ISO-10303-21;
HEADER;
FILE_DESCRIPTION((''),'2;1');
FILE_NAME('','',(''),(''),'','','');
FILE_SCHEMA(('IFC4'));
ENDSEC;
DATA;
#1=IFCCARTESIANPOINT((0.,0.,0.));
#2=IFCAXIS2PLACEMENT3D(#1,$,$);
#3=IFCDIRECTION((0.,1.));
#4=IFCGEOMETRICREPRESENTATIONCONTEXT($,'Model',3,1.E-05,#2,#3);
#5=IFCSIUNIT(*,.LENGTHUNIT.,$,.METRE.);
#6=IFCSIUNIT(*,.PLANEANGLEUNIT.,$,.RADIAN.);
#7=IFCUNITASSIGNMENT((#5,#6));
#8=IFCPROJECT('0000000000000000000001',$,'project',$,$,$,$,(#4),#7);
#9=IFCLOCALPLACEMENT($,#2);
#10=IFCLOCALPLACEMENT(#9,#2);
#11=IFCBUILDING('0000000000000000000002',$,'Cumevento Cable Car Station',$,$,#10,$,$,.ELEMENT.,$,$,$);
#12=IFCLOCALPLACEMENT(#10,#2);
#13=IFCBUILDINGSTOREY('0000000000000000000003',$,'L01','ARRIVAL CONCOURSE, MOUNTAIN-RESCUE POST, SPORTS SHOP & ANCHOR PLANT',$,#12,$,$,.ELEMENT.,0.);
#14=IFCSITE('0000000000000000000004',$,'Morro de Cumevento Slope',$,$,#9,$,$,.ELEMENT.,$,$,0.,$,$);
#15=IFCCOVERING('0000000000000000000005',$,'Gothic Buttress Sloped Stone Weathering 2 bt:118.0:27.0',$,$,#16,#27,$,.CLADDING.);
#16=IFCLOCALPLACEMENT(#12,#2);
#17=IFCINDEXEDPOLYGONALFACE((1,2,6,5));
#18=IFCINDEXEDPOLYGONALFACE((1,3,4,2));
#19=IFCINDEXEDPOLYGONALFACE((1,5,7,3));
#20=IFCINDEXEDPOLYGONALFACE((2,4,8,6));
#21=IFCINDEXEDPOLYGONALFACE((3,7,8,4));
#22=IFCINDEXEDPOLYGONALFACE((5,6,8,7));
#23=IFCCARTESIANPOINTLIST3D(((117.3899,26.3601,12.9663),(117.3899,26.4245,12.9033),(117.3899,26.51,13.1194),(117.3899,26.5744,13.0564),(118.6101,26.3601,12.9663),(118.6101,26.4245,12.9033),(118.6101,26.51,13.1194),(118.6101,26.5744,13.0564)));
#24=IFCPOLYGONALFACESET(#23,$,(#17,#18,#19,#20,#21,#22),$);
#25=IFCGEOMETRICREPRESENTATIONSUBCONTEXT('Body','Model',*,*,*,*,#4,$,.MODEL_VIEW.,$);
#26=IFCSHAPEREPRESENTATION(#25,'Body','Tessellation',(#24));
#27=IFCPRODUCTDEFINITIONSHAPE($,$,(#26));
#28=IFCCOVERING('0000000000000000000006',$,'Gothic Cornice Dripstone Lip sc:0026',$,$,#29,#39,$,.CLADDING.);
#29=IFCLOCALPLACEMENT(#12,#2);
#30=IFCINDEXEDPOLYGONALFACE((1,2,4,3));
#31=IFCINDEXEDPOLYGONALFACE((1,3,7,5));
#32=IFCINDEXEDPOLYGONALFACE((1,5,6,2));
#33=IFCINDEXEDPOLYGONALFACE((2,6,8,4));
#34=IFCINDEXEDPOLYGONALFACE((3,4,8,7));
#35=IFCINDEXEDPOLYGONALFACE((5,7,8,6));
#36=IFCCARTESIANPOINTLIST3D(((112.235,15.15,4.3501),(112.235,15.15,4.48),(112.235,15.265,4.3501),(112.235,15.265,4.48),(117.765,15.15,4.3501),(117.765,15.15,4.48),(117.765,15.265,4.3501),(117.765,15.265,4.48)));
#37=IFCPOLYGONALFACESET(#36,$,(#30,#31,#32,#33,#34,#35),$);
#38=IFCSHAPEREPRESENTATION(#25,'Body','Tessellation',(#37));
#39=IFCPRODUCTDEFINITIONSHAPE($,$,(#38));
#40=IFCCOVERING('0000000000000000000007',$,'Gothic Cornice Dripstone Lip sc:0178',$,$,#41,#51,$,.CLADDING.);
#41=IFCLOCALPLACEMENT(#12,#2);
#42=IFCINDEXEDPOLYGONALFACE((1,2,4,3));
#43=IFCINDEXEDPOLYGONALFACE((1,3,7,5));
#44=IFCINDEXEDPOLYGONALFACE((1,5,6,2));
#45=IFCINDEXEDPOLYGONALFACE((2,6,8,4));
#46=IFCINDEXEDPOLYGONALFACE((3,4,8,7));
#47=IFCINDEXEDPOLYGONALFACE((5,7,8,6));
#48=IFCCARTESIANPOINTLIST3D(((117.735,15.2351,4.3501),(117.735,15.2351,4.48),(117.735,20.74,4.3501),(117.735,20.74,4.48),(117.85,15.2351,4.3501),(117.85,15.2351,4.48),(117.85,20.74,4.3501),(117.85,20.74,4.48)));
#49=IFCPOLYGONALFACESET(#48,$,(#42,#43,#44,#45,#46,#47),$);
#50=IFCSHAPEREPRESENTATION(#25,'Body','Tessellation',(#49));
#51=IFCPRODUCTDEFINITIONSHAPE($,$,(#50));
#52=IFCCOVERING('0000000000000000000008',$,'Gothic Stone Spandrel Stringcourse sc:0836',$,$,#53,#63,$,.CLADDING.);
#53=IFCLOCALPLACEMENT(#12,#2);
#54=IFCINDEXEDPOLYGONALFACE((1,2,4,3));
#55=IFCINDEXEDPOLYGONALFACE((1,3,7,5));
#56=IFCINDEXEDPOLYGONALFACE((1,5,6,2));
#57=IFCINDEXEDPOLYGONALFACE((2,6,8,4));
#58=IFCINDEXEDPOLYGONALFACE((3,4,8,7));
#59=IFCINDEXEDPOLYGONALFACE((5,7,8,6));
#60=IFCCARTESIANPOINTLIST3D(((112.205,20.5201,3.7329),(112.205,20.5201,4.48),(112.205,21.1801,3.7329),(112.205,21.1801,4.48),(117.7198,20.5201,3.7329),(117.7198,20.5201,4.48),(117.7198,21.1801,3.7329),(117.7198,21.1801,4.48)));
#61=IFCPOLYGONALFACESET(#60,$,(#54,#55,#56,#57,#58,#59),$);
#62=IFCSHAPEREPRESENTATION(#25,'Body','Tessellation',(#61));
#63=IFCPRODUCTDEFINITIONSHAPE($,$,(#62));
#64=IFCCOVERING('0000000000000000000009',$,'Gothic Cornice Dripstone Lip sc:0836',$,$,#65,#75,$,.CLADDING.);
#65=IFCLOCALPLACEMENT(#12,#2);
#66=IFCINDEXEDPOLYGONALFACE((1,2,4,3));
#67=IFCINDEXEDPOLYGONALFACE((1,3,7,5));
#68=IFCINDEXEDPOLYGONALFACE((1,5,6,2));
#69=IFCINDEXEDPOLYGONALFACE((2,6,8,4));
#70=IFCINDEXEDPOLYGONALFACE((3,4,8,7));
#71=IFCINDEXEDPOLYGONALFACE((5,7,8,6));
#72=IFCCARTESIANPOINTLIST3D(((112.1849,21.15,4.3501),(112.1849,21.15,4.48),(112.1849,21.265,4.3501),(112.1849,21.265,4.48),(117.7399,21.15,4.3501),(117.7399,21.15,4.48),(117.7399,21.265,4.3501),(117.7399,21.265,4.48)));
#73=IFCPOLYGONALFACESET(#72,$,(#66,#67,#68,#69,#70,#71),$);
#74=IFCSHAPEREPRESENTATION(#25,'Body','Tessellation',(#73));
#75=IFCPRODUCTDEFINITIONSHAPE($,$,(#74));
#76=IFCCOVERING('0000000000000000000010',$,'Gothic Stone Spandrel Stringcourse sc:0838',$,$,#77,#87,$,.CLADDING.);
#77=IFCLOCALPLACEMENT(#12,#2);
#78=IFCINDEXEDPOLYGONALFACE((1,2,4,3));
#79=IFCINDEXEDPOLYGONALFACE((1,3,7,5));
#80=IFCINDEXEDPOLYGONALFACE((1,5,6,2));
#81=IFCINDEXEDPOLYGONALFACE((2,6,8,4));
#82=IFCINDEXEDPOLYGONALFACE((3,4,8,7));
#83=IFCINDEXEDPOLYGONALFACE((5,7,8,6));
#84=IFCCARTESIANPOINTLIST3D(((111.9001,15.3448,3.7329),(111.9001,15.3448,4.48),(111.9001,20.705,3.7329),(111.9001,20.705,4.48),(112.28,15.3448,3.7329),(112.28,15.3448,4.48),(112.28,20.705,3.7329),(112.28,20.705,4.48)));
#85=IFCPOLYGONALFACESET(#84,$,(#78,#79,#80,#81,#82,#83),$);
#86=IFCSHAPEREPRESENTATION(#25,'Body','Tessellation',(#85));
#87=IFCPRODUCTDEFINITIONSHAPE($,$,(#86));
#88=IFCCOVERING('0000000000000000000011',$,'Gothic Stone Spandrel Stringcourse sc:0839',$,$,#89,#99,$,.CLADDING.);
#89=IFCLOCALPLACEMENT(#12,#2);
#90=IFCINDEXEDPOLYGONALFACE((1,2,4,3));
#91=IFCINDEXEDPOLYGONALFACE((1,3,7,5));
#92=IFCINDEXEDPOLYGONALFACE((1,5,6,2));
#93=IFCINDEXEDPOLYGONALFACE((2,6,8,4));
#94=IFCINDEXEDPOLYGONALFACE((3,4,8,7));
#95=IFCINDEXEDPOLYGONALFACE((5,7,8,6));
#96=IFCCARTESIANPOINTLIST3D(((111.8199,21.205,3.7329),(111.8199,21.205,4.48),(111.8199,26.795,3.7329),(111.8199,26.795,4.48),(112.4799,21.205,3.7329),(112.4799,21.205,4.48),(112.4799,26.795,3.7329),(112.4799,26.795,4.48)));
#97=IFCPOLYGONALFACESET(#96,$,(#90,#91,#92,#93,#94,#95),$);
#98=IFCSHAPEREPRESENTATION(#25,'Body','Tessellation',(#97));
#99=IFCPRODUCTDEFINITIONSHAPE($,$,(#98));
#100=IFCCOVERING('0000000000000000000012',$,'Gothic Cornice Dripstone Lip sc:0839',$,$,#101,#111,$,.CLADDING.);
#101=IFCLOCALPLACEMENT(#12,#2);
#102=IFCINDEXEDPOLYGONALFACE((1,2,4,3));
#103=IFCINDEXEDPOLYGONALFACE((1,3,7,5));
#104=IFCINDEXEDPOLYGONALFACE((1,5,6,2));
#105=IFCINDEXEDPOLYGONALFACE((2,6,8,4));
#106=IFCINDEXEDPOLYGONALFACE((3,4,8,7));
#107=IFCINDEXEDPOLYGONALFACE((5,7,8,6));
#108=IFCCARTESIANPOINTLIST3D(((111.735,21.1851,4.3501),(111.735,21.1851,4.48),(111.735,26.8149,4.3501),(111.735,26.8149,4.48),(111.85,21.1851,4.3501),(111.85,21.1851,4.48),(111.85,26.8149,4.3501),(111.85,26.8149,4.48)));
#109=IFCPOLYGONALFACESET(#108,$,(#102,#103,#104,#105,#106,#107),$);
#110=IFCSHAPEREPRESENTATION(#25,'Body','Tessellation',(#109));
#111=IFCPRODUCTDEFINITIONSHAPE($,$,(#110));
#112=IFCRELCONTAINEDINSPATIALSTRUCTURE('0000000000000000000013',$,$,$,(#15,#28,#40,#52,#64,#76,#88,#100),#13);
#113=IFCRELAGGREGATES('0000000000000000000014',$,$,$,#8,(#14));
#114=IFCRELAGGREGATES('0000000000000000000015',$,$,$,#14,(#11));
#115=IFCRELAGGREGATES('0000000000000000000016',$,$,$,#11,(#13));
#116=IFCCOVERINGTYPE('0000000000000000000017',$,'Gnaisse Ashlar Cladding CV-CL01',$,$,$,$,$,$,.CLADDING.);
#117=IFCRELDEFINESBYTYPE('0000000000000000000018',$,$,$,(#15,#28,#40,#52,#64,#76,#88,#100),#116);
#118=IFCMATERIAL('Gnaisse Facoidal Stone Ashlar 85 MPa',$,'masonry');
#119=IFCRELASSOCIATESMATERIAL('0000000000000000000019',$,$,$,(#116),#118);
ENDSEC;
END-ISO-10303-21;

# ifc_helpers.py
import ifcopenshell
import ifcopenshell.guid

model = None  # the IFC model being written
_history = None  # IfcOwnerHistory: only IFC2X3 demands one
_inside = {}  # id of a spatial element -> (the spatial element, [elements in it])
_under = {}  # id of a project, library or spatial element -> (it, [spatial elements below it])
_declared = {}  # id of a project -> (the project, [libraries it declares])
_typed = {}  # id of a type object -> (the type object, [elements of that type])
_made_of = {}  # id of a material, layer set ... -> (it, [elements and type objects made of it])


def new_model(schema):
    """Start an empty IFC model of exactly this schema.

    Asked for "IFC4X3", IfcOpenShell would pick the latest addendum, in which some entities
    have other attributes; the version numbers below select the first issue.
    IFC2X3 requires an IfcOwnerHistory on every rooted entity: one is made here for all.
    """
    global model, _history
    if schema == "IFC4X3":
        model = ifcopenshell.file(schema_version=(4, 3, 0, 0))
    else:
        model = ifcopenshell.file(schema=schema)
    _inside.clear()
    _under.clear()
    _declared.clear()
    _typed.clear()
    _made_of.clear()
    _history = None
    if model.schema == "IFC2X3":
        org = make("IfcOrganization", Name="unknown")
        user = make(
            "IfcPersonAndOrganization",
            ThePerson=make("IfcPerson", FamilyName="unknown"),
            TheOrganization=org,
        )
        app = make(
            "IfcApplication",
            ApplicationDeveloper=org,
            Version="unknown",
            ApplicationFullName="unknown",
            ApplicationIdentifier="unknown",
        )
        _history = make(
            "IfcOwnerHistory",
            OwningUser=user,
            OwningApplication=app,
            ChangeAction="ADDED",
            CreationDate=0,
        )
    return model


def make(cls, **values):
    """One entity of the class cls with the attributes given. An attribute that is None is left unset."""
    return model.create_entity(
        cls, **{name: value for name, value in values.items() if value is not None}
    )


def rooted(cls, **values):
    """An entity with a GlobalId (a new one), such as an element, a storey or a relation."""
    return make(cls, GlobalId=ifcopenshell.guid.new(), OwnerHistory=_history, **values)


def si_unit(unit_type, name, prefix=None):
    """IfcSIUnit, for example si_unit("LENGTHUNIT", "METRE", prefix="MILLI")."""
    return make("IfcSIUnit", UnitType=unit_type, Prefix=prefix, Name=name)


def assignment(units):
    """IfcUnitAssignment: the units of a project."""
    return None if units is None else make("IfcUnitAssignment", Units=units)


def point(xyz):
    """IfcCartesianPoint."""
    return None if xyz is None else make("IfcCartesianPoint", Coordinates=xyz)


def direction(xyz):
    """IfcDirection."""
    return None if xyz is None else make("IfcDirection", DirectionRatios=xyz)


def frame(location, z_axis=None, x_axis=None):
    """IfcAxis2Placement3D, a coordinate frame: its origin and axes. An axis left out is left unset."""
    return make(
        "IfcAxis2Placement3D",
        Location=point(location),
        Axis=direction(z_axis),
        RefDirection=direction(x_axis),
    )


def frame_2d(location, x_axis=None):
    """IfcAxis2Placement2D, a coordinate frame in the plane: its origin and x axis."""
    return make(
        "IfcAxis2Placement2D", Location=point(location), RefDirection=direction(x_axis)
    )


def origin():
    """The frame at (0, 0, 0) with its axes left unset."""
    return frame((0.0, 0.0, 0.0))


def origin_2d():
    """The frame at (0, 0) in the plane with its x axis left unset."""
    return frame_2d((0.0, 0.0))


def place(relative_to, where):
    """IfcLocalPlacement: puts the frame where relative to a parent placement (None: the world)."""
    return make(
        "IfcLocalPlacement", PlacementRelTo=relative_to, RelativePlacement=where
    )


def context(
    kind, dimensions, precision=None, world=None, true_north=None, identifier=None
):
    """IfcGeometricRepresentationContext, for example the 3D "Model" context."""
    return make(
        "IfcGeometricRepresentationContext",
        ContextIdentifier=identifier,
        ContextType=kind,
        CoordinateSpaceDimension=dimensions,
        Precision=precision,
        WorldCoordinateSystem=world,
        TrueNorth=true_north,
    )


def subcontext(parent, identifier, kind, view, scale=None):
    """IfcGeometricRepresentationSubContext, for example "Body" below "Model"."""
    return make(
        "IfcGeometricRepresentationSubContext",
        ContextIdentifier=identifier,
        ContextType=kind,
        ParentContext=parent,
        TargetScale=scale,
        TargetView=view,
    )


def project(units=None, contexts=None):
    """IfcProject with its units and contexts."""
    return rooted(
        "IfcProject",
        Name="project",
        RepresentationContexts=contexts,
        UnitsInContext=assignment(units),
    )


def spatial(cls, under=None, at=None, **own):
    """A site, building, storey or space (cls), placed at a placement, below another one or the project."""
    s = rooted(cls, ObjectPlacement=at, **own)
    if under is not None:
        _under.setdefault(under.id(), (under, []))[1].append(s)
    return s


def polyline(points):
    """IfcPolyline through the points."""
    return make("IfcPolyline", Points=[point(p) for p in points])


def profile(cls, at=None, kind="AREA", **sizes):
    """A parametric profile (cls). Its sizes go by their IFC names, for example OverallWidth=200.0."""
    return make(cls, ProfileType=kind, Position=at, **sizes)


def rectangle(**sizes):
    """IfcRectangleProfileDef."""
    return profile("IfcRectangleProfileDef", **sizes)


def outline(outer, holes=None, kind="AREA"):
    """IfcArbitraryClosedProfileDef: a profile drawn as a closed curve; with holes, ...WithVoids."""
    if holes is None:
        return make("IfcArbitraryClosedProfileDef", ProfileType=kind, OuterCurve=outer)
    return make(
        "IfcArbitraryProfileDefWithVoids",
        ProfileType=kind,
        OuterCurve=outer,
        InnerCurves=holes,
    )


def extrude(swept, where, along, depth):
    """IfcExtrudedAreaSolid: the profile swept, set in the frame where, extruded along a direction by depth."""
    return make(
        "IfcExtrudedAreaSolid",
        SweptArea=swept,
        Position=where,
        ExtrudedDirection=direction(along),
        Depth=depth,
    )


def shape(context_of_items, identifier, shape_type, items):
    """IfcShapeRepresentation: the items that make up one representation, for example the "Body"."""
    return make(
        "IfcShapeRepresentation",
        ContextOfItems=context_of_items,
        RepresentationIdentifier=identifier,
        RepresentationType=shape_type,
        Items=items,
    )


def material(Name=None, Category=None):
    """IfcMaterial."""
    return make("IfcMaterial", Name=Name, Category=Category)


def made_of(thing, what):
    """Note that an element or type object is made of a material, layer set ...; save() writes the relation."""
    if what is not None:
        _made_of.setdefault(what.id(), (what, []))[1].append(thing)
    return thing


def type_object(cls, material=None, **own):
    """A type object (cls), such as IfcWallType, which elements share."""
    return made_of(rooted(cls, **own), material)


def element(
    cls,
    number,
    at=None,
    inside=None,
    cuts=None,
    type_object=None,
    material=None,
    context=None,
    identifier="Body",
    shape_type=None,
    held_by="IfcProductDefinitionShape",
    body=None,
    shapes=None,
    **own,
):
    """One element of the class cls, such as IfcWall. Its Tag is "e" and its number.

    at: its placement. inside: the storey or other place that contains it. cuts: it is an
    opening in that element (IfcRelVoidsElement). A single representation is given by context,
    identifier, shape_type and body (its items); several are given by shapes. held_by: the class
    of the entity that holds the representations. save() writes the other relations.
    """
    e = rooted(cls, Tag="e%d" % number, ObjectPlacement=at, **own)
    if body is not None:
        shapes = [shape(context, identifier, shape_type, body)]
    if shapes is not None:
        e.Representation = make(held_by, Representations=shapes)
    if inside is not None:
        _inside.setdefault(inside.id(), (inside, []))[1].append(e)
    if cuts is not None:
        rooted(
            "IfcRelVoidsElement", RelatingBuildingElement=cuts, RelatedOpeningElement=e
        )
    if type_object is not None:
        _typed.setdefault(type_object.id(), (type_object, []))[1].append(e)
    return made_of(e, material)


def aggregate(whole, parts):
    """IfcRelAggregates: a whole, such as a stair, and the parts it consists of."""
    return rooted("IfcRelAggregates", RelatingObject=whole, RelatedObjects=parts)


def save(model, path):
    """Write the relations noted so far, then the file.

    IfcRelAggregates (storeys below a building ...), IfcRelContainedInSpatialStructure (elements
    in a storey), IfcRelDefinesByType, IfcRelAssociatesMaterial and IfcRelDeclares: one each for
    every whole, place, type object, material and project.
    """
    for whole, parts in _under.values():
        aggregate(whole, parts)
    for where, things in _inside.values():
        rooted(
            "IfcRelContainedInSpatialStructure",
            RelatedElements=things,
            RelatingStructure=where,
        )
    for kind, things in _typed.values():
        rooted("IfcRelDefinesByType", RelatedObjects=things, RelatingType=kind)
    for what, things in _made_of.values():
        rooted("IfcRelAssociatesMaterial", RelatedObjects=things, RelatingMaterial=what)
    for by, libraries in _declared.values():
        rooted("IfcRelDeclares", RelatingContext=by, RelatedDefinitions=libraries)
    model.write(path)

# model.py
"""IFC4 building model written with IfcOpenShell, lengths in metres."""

from ifc_helpers import new_model, si_unit, direction, frame, origin, origin_2d, place, context, subcontext, project, spatial, polyline, rectangle, outline, extrude, material, type_object, element, save


model = new_model("IFC4")

# Units and contexts
model_context = context("Model", 3, precision=1e-05, world=origin(), true_north=direction((0.0, 1.0)))
body_context = subcontext(model_context, "Body", "Model", "MODEL_VIEW")
ifc_project = project(units=[si_unit("LENGTHUNIT", "METRE"), si_unit("PLANEANGLEUNIT", "RADIAN")], contexts=[model_context])

# Site, building, storey
site_placement = place(None, origin())
site = spatial("IfcSite", under=ifc_project, at=site_placement, Name="Morro de Cumevento Slope", CompositionType="ELEMENT", RefElevation=0.0)
building_placement = place(site_placement, origin())
building = spatial("IfcBuilding", under=site, at=building_placement, Name="Cumevento Cable Car Station", CompositionType="ELEMENT")
storey_placement = place(building_placement, origin())
storey = spatial("IfcBuildingStorey", under=building, at=storey_placement, Name="L01", Description="ARRIVAL CONCOURSE, MOUNTAIN-RESCUE POST, SPORTS SHOP & ANCHOR PLANT", CompositionType="ELEMENT", Elevation=0.0)

# Coverings
ifc_material_1 = material(Name="Gnaisse Facoidal Stone Ashlar 85 MPa", Category="masonry")
covering_type = type_object("IfcCoveringType", Name="Gnaisse Ashlar Cladding CV-CL01", PredefinedType="CLADDING", material=ifc_material_1)
covering_1_placement = place(storey_placement, frame((117.3899, 26.3601, 12.9663), z_axis=(0.0, -0.714475, 0.699661), x_axis=(1.0, 0.0, 0.0)))
element("IfcCovering", 1, at=covering_1_placement, inside=storey, type_object=covering_type, Name="Gothic Buttress Sloped Stone Weathering 2 bt:118.0:27.0", PredefinedType="CLADDING", context=body_context, shape_type="SweptSolid", body=[
    extrude(outline(polyline([(0.0, 0.0), (1.2202, 0.0), (1.2202, 0.2142), (0.0, 0.2142), (0.0, 0.0)])), origin(), (0.0, 0.0, -1.0), 0.0901),
])
covering_2_placement = place(storey_placement, frame((115.0, 15.2075, 4.3501), z_axis=(0.0, 0.0, 1.0), x_axis=(1.0, 0.0, 0.0)))
element("IfcCovering", 2, at=covering_2_placement, inside=storey, type_object=covering_type, Name="Gothic Cornice Dripstone Lip sc:0026", PredefinedType="CLADDING", context=body_context, shape_type="SweptSolid", body=[
    extrude(rectangle(XDim=5.53, YDim=0.115, at=origin_2d()), origin(), (0.0, 0.0, 1.0), 0.1299),
])
covering_3_placement = place(storey_placement, frame((117.7925, 17.9875, 4.3501), z_axis=(0.0, 0.0, 1.0), x_axis=(0.0, 1.0, 0.0)))
element("IfcCovering", 3, at=covering_3_placement, inside=storey, type_object=covering_type, Name="Gothic Cornice Dripstone Lip sc:0178", PredefinedType="CLADDING", context=body_context, shape_type="SweptSolid", body=[
    extrude(rectangle(XDim=5.5049, YDim=0.115, at=origin_2d()), origin(), (0.0, 0.0, 1.0), 0.1299),
])
covering_4_placement = place(storey_placement, frame((114.9624, 20.8501, 3.7329), z_axis=(0.0, 0.0, 1.0), x_axis=(1.0, 0.0, 0.0)))
element("IfcCovering", 4, at=covering_4_placement, inside=storey, type_object=covering_type, Name="Gothic Stone Spandrel Stringcourse sc:0836", PredefinedType="CLADDING", context=body_context, shape_type="SweptSolid", body=[
    extrude(rectangle(XDim=5.5149, YDim=0.6599, at=origin_2d()), origin(), (0.0, 0.0, 1.0), 0.7471),
])
covering_5_placement = place(storey_placement, frame((114.9624, 21.2075, 4.3501), z_axis=(0.0, 0.0, 1.0), x_axis=(1.0, 0.0, 0.0)))
element("IfcCovering", 5, at=covering_5_placement, inside=storey, type_object=covering_type, Name="Gothic Cornice Dripstone Lip sc:0836", PredefinedType="CLADDING", context=body_context, shape_type="SweptSolid", body=[
    extrude(rectangle(XDim=5.5549, YDim=0.115, at=origin_2d()), origin(), (0.0, 0.0, 1.0), 0.1299),
])
covering_6_placement = place(storey_placement, frame((112.0901, 18.0249, 3.7329), z_axis=(0.0, 0.0, 1.0), x_axis=(0.0, 1.0, 0.0)))
element("IfcCovering", 6, at=covering_6_placement, inside=storey, type_object=covering_type, Name="Gothic Stone Spandrel Stringcourse sc:0838", PredefinedType="CLADDING", context=body_context, shape_type="SweptSolid", body=[
    extrude(rectangle(XDim=5.3601, YDim=0.3799, at=origin_2d()), origin(), (0.0, 0.0, 1.0), 0.7471),
])
covering_7_placement = place(storey_placement, frame((112.1499, 24.0, 3.7329), z_axis=(0.0, 0.0, 1.0), x_axis=(0.0, 1.0, 0.0)))
element("IfcCovering", 7, at=covering_7_placement, inside=storey, type_object=covering_type, Name="Gothic Stone Spandrel Stringcourse sc:0839", PredefinedType="CLADDING", context=body_context, shape_type="SweptSolid", body=[
    extrude(rectangle(XDim=5.5901, YDim=0.6599, at=origin_2d()), origin(), (0.0, 0.0, 1.0), 0.7471),
])
covering_8_placement = place(storey_placement, frame((111.7925, 24.0, 4.3501), z_axis=(0.0, 0.0, 1.0), x_axis=(0.0, 1.0, 0.0)))
element("IfcCovering", 8, at=covering_8_placement, inside=storey, type_object=covering_type, Name="Gothic Cornice Dripstone Lip sc:0839", PredefinedType="CLADDING", context=body_context, shape_type="SweptSolid", body=[
    extrude(rectangle(XDim=5.6299, YDim=0.115, at=origin_2d()), origin(), (0.0, 0.0, 1.0), 0.1299),
])

save(model, "model.ifc")
